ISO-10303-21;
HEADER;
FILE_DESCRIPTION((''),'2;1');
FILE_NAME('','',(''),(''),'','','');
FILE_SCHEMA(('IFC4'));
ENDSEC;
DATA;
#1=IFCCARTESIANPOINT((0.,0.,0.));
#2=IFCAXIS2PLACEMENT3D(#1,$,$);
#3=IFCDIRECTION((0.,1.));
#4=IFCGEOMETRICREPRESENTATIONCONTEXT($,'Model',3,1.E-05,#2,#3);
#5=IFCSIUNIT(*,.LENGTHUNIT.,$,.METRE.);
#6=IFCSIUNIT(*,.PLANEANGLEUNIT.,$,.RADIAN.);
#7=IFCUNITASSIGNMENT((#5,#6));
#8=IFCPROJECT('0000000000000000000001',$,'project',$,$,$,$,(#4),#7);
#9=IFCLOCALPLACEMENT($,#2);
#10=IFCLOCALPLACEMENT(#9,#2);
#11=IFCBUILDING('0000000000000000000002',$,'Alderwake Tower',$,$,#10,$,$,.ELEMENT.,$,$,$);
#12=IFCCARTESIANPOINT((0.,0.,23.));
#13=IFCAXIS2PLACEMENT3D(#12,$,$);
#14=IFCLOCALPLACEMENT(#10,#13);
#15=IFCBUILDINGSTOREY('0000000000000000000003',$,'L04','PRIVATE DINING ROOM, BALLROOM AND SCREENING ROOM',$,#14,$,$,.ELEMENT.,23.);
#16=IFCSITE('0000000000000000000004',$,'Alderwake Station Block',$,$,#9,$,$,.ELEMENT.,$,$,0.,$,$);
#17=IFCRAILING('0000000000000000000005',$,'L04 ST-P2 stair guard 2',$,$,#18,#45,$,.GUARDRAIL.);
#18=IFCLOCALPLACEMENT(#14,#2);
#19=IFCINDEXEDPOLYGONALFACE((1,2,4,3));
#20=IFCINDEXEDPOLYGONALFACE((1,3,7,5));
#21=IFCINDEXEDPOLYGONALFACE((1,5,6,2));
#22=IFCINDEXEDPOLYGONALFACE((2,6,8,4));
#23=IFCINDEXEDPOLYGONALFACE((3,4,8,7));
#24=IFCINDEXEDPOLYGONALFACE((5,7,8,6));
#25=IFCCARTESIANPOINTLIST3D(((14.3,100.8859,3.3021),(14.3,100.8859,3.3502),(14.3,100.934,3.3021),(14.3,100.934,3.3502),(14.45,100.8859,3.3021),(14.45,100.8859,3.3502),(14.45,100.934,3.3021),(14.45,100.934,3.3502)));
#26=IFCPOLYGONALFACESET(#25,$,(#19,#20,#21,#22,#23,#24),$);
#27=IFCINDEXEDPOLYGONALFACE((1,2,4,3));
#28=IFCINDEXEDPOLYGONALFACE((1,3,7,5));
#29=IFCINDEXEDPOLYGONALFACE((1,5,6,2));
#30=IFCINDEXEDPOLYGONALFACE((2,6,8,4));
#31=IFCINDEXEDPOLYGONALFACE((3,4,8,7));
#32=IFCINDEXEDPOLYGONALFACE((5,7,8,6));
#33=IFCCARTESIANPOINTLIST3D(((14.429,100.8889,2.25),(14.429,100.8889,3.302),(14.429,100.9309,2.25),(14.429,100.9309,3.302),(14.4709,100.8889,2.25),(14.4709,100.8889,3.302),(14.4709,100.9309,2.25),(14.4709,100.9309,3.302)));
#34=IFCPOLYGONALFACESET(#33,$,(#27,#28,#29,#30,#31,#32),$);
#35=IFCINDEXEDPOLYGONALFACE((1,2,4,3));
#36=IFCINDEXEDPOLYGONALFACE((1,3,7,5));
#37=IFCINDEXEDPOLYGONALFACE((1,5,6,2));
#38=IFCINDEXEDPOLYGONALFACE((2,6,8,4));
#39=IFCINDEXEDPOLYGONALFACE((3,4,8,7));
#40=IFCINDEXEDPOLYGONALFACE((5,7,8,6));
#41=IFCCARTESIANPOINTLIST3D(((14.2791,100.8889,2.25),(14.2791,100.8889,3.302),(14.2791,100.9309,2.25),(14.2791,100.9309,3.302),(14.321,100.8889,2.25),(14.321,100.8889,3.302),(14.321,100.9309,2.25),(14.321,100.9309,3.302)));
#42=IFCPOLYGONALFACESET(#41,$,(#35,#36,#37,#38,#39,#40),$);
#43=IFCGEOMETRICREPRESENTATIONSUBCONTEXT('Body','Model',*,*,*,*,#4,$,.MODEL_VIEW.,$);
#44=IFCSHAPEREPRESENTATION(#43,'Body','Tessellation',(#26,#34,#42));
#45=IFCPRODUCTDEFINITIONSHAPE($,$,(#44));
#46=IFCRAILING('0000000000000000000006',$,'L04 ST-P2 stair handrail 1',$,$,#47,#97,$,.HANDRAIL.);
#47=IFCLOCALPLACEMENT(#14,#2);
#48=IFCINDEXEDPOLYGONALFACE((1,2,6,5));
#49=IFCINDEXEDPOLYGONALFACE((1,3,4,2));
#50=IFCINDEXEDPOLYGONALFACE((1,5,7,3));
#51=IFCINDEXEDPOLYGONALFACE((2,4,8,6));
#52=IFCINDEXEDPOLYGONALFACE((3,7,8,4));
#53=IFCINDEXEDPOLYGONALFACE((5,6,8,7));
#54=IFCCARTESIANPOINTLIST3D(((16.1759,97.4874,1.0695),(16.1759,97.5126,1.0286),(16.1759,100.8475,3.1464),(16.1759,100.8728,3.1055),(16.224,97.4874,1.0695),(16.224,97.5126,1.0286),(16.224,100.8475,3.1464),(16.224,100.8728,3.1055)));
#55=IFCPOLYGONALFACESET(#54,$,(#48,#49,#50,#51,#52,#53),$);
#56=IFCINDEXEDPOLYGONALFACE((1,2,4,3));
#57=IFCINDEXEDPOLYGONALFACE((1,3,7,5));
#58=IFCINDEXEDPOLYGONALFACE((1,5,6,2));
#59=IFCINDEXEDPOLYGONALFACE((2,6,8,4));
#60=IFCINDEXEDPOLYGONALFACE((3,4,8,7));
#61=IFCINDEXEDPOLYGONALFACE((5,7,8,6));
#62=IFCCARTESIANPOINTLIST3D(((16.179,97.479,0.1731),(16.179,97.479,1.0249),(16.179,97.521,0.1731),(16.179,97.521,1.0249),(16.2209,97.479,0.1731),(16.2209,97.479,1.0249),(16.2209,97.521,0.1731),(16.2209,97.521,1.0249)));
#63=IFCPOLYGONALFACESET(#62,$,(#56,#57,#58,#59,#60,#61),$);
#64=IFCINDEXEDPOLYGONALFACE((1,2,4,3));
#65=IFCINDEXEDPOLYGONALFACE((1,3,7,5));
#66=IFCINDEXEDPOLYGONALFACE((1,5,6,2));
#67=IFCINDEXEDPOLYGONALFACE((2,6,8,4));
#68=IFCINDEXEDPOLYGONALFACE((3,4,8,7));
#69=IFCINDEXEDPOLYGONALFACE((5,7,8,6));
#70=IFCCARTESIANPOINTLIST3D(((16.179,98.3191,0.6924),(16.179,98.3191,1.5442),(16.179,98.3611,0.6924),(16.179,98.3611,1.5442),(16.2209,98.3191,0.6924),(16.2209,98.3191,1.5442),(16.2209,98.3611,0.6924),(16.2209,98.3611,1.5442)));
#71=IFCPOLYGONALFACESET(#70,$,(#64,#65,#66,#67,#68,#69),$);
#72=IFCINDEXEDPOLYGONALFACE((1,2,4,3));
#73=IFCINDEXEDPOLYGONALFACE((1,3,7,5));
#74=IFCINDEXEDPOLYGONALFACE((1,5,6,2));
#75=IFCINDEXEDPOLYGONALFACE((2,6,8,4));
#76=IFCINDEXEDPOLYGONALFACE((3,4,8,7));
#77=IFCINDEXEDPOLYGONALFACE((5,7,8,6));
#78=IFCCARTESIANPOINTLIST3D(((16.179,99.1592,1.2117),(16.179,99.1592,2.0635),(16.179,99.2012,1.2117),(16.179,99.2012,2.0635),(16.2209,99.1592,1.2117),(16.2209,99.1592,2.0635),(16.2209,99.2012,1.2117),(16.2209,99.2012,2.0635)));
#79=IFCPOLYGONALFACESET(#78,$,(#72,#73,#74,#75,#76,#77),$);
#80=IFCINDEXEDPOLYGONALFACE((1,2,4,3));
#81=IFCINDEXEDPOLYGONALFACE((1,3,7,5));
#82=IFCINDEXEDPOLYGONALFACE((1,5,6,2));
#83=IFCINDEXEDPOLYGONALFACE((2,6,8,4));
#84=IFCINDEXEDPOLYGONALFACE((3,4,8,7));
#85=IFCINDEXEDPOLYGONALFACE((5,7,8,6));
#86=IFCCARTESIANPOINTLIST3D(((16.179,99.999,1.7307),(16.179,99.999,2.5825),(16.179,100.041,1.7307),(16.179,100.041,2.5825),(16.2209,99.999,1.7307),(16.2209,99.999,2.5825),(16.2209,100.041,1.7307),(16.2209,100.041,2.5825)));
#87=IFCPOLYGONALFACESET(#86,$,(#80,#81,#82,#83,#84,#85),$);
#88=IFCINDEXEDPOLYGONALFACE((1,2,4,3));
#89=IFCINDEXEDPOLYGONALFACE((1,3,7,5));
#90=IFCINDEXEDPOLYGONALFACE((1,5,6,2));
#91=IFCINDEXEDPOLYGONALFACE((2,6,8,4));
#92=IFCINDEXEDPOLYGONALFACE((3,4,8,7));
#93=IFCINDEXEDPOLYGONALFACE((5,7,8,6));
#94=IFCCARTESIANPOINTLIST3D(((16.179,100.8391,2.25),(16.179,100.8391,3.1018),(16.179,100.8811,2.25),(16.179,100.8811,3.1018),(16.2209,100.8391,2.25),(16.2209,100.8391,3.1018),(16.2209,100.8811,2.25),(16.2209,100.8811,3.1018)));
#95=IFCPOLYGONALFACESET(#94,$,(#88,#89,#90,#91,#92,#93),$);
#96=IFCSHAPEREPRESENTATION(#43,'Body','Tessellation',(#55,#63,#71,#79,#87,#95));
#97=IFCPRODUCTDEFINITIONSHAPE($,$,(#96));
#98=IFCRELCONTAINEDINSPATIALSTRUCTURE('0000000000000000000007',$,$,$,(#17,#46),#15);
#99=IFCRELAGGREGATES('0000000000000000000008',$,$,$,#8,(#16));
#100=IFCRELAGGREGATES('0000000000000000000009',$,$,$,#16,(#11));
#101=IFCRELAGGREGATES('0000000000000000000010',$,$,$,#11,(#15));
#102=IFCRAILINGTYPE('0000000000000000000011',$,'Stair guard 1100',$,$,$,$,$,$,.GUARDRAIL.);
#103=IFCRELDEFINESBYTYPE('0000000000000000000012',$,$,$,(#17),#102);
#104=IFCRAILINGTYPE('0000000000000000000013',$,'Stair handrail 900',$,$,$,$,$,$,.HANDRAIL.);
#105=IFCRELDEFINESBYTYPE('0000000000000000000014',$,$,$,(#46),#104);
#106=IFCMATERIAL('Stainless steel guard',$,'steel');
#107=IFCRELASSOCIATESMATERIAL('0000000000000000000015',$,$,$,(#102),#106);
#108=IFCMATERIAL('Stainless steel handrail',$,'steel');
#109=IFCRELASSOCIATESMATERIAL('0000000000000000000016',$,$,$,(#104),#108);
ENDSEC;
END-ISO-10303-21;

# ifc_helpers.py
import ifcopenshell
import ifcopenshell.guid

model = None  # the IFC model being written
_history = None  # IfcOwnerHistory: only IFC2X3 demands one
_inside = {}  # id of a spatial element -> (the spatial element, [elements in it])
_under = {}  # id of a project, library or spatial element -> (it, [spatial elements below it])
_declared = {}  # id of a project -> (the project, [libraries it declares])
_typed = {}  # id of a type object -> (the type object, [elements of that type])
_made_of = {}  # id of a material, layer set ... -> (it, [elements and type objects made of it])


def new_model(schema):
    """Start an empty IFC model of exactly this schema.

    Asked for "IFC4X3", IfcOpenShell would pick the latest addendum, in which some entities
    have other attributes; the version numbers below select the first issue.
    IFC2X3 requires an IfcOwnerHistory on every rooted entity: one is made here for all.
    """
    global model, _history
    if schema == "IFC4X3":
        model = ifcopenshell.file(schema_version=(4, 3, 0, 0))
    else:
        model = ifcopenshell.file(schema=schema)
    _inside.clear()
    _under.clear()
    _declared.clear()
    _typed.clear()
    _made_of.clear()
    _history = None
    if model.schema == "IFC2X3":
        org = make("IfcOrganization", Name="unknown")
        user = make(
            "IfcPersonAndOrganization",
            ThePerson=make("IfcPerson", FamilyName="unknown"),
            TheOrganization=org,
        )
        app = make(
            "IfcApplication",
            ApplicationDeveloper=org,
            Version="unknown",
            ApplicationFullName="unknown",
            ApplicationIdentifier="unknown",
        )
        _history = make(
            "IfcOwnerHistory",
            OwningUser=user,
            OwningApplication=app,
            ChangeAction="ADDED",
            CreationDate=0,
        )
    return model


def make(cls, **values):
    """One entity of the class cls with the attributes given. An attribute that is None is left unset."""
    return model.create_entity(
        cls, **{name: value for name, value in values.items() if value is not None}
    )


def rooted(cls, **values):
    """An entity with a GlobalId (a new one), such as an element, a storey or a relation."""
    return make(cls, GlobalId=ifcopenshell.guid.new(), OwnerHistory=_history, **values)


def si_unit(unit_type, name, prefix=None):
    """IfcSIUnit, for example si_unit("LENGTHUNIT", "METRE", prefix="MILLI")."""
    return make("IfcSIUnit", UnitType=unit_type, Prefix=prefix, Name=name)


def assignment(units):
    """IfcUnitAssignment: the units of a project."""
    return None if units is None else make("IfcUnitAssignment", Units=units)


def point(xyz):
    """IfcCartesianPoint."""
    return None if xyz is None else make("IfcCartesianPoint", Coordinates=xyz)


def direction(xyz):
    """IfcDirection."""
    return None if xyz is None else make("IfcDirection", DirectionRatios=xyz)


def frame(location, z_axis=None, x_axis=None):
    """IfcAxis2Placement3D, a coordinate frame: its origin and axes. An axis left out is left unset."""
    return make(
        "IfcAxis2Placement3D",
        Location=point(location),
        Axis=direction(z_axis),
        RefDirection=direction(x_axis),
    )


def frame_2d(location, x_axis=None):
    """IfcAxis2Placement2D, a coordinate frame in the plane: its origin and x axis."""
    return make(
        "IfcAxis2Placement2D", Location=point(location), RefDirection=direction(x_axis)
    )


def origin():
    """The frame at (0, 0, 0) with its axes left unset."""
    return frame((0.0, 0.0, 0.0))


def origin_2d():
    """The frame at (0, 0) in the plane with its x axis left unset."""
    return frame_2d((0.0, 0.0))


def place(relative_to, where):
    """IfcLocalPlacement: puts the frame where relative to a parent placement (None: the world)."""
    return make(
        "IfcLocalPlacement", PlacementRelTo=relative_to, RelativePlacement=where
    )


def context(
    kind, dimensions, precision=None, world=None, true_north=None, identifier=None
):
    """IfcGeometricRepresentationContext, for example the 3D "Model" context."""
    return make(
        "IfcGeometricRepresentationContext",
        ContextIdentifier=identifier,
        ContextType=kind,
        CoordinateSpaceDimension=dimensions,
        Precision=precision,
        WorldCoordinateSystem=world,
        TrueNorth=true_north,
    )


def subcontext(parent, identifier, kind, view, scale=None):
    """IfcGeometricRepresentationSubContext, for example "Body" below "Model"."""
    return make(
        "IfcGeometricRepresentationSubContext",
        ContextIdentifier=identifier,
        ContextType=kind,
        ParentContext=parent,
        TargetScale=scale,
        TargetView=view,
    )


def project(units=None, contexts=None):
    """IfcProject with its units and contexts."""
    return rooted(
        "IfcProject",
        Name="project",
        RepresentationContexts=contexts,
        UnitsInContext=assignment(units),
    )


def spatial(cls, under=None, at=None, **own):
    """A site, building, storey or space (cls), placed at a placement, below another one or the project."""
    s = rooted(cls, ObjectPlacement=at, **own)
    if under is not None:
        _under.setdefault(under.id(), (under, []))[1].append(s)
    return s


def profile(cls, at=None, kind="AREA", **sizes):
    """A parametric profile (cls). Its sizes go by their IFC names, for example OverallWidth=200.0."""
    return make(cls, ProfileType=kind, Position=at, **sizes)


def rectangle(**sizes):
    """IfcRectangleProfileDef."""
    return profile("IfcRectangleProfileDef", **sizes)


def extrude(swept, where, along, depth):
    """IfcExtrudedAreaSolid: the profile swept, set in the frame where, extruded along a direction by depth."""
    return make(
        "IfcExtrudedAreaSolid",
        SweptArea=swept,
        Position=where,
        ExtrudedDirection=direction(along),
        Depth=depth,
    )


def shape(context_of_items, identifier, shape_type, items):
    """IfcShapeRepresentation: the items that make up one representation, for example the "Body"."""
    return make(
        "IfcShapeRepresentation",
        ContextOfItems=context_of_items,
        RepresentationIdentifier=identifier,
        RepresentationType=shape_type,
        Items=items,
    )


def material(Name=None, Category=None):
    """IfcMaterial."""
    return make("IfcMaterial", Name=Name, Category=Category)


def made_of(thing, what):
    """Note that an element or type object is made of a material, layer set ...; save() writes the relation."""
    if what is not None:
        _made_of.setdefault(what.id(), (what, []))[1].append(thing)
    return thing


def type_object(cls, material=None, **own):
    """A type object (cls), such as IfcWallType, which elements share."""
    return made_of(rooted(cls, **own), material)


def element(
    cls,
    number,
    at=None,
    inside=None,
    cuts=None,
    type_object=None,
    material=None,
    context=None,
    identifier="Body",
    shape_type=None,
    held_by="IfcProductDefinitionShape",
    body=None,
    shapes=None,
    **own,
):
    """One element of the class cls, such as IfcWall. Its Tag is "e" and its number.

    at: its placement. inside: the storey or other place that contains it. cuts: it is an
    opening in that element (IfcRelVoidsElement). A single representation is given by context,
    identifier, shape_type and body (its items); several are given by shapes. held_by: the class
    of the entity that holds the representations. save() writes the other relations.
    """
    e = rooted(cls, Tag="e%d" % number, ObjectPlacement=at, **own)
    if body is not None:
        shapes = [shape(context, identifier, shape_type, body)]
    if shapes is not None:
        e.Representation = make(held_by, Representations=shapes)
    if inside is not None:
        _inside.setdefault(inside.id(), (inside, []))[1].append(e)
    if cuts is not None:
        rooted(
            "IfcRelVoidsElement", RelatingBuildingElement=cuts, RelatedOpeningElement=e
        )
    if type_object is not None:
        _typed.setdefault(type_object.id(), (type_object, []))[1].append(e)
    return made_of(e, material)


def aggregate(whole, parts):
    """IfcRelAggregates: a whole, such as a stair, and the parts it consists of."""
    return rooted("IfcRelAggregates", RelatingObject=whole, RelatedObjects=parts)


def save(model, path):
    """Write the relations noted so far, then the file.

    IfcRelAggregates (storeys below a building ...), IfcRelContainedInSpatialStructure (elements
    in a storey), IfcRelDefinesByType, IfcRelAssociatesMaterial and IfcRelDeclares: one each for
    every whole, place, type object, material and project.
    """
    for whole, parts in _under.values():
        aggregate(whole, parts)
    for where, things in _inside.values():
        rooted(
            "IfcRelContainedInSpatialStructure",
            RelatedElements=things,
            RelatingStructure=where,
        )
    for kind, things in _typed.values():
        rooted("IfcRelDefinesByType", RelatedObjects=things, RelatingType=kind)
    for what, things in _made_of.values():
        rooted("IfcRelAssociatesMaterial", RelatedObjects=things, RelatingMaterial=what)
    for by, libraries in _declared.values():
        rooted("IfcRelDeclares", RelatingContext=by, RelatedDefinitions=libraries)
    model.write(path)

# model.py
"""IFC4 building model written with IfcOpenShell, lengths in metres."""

from ifc_helpers import new_model, si_unit, direction, frame, origin, origin_2d, place, context, subcontext, project, spatial, rectangle, extrude, material, type_object, element, save


model = new_model("IFC4")

# Units and contexts
model_context = context("Model", 3, precision=1e-05, world=origin(), true_north=direction((0.0, 1.0)))
body_context = subcontext(model_context, "Body", "Model", "MODEL_VIEW")
ifc_project = project(units=[si_unit("LENGTHUNIT", "METRE"), si_unit("PLANEANGLEUNIT", "RADIAN")], contexts=[model_context])

# Site, building, storey
site_placement = place(None, origin())
site = spatial("IfcSite", under=ifc_project, at=site_placement, Name="Alderwake Station Block", CompositionType="ELEMENT", RefElevation=0.0)
building_placement = place(site_placement, origin())
building = spatial("IfcBuilding", under=site, at=building_placement, Name="Alderwake Tower", CompositionType="ELEMENT")
storey_placement = place(building_placement, frame((0.0, 0.0, 23.0)))
storey = spatial("IfcBuildingStorey", under=building, at=storey_placement, Name="L04", Description="PRIVATE DINING ROOM, BALLROOM AND SCREENING ROOM", CompositionType="ELEMENT", Elevation=23.0)

# Railings
ifc_material_1 = material(Name="Stainless steel guard", Category="steel")
railing_type_1 = type_object("IfcRailingType", Name="Stair guard 1100", PredefinedType="GUARDRAIL", material=ifc_material_1)
railing_1_placement = place(storey_placement, frame((14.45, 100.9099, 2.25)))
element("IfcRailing", 1, at=railing_1_placement, inside=storey, type_object=railing_type_1, Name="L04 ST-P2 stair guard 2", PredefinedType="GUARDRAIL", context=body_context, shape_type="SweptSolid", body=[
    extrude(rectangle(XDim=0.0481, YDim=0.0481, at=origin_2d()), frame((0.0, 0.0, 1.0762), z_axis=(-1.0, 0.0, 0.0), x_axis=(0.0, -1.0, 0.0)), (0.0, 0.0, 1.0), 0.1499),
    extrude(rectangle(XDim=0.042, YDim=0.042, at=origin_2d()), frame((0.0, 0.0, 0.0), z_axis=(0.0, 0.0, 1.0), x_axis=(-1.0, 0.0, 0.0)), (0.0, 0.0, 1.0), 1.052),
    extrude(rectangle(XDim=0.042, YDim=0.042, at=origin_2d()), frame((-0.1499, 0.0, 0.0), z_axis=(0.0, 0.0, 1.0), x_axis=(-1.0, 0.0, 0.0)), (0.0, 0.0, 1.0), 1.052),
])
ifc_material_2 = material(Name="Stainless steel handrail", Category="steel")
railing_type_2 = type_object("IfcRailingType", Name="Stair handrail 900", PredefinedType="HANDRAIL", material=ifc_material_2)
railing_2_placement = place(storey_placement, frame((16.2, 97.5, 0.1731)))
element("IfcRailing", 2, at=railing_2_placement, inside=storey, type_object=railing_type_2, Name="L04 ST-P2 stair handrail 1", PredefinedType="HANDRAIL", context=body_context, shape_type="SweptSolid", body=[
    extrude(rectangle(XDim=0.0481, YDim=0.0481, at=origin_2d()), frame((0.0, 0.0, 0.876), z_axis=(0.0, 0.850623, 0.525776), x_axis=(-1.0, 0.0, 0.0)), (0.0, 0.0, 1.0), 3.9502),
    extrude(rectangle(XDim=0.042, YDim=0.042, at=origin_2d()), frame((0.0, 0.0, 0.0), z_axis=(0.0, 0.0, 1.0), x_axis=(0.0, 1.0, 0.0)), (0.0, 0.0, 1.0), 0.8518),
    extrude(rectangle(XDim=0.042, YDim=0.042, at=origin_2d()), frame((0.0, 0.8401, 0.5193), z_axis=(0.0, 0.0, 1.0), x_axis=(0.0, 1.0, 0.0)), (0.0, 0.0, 1.0), 0.8518),
    extrude(rectangle(XDim=0.042, YDim=0.042, at=origin_2d()), frame((0.0, 1.6802, 1.0386), z_axis=(0.0, 0.0, 1.0), x_axis=(0.0, 1.0, 0.0)), (0.0, 0.0, 1.0), 0.8518),
    extrude(rectangle(XDim=0.042, YDim=0.042, at=origin_2d()), frame((0.0, 2.52, 1.5576), z_axis=(0.0, 0.0, 1.0), x_axis=(0.0, 1.0, 0.0)), (0.0, 0.0, 1.0), 0.8518),
    extrude(rectangle(XDim=0.042, YDim=0.042, at=origin_2d()), frame((0.0, 3.3601, 2.0769), z_axis=(0.0, 0.0, 1.0), x_axis=(0.0, 1.0, 0.0)), (0.0, 0.0, 1.0), 0.8518),
])

save(model, "model.ifc")
